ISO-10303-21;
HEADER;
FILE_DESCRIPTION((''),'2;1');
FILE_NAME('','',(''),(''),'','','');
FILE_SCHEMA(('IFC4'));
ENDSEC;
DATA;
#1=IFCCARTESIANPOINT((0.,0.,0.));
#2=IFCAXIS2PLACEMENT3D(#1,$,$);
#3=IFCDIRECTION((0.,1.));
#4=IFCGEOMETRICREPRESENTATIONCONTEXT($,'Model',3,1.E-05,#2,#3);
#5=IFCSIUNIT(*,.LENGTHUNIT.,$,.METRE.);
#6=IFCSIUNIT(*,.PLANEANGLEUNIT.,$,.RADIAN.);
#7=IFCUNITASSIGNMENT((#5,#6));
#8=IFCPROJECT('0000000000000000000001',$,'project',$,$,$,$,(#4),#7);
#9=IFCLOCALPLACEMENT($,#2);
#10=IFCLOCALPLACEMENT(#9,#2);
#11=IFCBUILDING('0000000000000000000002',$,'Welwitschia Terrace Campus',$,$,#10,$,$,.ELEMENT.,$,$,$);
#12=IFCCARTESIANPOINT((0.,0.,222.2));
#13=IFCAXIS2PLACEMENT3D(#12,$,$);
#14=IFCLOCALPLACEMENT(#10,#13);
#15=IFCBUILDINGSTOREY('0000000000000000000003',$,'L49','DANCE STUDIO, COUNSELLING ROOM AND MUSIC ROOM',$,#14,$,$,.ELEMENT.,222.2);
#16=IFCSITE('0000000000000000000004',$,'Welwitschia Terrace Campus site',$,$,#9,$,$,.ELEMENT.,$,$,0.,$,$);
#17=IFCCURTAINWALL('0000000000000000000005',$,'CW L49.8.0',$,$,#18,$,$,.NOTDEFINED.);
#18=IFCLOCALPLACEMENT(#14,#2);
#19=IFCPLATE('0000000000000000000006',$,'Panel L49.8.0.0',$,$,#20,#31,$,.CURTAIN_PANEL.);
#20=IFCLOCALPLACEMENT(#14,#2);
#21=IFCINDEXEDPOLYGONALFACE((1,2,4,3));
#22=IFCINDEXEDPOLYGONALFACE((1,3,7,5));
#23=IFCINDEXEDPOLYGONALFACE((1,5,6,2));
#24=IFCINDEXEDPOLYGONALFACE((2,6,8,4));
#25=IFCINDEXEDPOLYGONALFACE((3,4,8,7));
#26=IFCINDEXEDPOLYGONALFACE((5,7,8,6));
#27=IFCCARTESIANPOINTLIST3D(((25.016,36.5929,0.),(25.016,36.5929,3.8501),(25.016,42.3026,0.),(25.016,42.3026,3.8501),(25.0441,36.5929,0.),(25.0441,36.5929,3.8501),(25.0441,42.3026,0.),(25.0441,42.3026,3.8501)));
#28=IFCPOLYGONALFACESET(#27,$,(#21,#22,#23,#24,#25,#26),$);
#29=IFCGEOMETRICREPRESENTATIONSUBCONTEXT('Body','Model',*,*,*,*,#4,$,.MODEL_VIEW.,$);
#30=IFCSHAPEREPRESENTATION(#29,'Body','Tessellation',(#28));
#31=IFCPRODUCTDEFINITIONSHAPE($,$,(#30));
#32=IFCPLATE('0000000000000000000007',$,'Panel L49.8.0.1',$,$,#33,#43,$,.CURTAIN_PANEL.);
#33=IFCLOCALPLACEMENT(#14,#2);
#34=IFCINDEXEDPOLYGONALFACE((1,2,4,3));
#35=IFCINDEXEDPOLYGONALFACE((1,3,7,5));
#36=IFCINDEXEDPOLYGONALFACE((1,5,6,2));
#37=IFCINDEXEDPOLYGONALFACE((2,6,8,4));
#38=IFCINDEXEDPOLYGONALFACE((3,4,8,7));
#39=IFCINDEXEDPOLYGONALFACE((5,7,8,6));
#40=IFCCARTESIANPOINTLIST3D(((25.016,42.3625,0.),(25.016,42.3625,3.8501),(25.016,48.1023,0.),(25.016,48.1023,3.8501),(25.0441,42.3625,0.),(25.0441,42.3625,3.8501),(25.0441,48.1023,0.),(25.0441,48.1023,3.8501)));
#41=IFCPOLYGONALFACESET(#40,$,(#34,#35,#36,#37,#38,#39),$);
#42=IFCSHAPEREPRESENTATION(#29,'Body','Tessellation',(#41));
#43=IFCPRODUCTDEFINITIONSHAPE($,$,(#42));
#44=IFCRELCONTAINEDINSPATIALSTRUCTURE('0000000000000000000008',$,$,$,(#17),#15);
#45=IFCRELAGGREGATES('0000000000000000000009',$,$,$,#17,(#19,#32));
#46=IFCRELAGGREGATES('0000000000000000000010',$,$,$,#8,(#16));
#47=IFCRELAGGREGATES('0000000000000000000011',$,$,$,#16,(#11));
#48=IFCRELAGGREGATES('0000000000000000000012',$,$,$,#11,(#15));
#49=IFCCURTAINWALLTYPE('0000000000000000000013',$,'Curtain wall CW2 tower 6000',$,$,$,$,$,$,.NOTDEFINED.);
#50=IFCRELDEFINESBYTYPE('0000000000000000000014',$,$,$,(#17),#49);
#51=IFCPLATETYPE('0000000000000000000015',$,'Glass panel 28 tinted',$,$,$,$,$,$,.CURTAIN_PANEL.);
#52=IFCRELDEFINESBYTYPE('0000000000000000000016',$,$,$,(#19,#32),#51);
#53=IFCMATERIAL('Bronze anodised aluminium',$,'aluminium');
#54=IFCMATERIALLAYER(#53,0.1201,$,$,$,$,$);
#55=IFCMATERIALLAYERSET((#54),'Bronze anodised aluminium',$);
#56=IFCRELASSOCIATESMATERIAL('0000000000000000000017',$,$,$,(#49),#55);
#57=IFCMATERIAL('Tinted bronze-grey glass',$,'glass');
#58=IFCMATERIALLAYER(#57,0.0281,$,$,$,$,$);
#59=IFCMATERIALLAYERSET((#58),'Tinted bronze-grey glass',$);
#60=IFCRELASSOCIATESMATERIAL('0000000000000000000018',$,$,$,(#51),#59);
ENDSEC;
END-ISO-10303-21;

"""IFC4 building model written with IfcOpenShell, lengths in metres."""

from ifc_helpers import new_model, si_unit, direction, frame, origin, origin_2d, place, context, subcontext, project, spatial, rectangle, extrude, material, layer, layer_set, type_object, element, aggregate, save


model = new_model("IFC4")

# Units and contexts
model_context = context("Model", 3, precision=1e-05, world=origin(), true_north=direction((0.0, 1.0)))
body_context = subcontext(model_context, "Body", "Model", "MODEL_VIEW")
ifc_project = project(units=[si_unit("LENGTHUNIT", "METRE"), si_unit("PLANEANGLEUNIT", "RADIAN")], contexts=[model_context])

# Site, building, storey
site_placement = place(None, origin())
site = spatial("IfcSite", under=ifc_project, at=site_placement, Name="Welwitschia Terrace Campus site", CompositionType="ELEMENT", RefElevation=0.0)
building_placement = place(site_placement, origin())
building = spatial("IfcBuilding", under=site, at=building_placement, Name="Welwitschia Terrace Campus", CompositionType="ELEMENT")
storey_placement = place(building_placement, frame((0.0, 0.0, 222.2)))
storey = spatial("IfcBuildingStorey", under=building, at=storey_placement, Name="L49", Description="DANCE STUDIO, COUNSELLING ROOM AND MUSIC ROOM", CompositionType="ELEMENT", Elevation=222.2)

# Shared definitions
ifc_material_1 = material(Name="Bronze anodised aluminium", Category="aluminium")
ifc_layer_1 = layer(ifc_material_1, 0.1201)
ifc_layer_set_1 = layer_set([ifc_layer_1], Name="Bronze anodised aluminium")
curtain_wall_type = type_object("IfcCurtainWallType", Name="Curtain wall CW2 tower 6000", PredefinedType="NOTDEFINED", material=ifc_layer_set_1)

# Curtain wall
curtain_wall_1_placement = place(storey_placement, origin())
curtain_wall_1 = element("IfcCurtainWall", 1, at=curtain_wall_1_placement, inside=storey, type_object=curtain_wall_type, Name="CW L49.8.0", PredefinedType="NOTDEFINED")

# Plates
ifc_material_2 = material(Name="Tinted bronze-grey glass", Category="glass")
ifc_layer_2 = layer(ifc_material_2, 0.0281)
ifc_layer_set_2 = layer_set([ifc_layer_2], Name="Tinted bronze-grey glass")
plate_type = type_object("IfcPlateType", Name="Glass panel 28 tinted", PredefinedType="CURTAIN_PANEL", material=ifc_layer_set_2)
plate_1_placement = place(storey_placement, frame((25.03, 39.4478, 0.0), z_axis=(0.0, 0.0, 1.0), x_axis=(0.0, 1.0, 0.0)))
plate_1 = element("IfcPlate", 2, at=plate_1_placement, type_object=plate_type, Name="Panel L49.8.0.0", PredefinedType="CURTAIN_PANEL", context=body_context, shape_type="SweptSolid", body=[
    extrude(rectangle(XDim=5.7097, YDim=0.0281, at=origin_2d()), origin(), (0.0, 0.0, 1.0), 3.8501),
])
plate_2_placement = place(storey_placement, frame((25.03, 45.2324, 0.0), z_axis=(0.0, 0.0, 1.0), x_axis=(0.0, 1.0, 0.0)))
plate_2 = element("IfcPlate", 3, at=plate_2_placement, type_object=plate_type, Name="Panel L49.8.0.1", PredefinedType="CURTAIN_PANEL", context=body_context, shape_type="SweptSolid", body=[
    extrude(rectangle(XDim=5.7397, YDim=0.0281, at=origin_2d()), origin(), (0.0, 0.0, 1.0), 3.8501),
])
aggregate(curtain_wall_1, [plate_1, plate_2])

save(model, "model.ifc")
